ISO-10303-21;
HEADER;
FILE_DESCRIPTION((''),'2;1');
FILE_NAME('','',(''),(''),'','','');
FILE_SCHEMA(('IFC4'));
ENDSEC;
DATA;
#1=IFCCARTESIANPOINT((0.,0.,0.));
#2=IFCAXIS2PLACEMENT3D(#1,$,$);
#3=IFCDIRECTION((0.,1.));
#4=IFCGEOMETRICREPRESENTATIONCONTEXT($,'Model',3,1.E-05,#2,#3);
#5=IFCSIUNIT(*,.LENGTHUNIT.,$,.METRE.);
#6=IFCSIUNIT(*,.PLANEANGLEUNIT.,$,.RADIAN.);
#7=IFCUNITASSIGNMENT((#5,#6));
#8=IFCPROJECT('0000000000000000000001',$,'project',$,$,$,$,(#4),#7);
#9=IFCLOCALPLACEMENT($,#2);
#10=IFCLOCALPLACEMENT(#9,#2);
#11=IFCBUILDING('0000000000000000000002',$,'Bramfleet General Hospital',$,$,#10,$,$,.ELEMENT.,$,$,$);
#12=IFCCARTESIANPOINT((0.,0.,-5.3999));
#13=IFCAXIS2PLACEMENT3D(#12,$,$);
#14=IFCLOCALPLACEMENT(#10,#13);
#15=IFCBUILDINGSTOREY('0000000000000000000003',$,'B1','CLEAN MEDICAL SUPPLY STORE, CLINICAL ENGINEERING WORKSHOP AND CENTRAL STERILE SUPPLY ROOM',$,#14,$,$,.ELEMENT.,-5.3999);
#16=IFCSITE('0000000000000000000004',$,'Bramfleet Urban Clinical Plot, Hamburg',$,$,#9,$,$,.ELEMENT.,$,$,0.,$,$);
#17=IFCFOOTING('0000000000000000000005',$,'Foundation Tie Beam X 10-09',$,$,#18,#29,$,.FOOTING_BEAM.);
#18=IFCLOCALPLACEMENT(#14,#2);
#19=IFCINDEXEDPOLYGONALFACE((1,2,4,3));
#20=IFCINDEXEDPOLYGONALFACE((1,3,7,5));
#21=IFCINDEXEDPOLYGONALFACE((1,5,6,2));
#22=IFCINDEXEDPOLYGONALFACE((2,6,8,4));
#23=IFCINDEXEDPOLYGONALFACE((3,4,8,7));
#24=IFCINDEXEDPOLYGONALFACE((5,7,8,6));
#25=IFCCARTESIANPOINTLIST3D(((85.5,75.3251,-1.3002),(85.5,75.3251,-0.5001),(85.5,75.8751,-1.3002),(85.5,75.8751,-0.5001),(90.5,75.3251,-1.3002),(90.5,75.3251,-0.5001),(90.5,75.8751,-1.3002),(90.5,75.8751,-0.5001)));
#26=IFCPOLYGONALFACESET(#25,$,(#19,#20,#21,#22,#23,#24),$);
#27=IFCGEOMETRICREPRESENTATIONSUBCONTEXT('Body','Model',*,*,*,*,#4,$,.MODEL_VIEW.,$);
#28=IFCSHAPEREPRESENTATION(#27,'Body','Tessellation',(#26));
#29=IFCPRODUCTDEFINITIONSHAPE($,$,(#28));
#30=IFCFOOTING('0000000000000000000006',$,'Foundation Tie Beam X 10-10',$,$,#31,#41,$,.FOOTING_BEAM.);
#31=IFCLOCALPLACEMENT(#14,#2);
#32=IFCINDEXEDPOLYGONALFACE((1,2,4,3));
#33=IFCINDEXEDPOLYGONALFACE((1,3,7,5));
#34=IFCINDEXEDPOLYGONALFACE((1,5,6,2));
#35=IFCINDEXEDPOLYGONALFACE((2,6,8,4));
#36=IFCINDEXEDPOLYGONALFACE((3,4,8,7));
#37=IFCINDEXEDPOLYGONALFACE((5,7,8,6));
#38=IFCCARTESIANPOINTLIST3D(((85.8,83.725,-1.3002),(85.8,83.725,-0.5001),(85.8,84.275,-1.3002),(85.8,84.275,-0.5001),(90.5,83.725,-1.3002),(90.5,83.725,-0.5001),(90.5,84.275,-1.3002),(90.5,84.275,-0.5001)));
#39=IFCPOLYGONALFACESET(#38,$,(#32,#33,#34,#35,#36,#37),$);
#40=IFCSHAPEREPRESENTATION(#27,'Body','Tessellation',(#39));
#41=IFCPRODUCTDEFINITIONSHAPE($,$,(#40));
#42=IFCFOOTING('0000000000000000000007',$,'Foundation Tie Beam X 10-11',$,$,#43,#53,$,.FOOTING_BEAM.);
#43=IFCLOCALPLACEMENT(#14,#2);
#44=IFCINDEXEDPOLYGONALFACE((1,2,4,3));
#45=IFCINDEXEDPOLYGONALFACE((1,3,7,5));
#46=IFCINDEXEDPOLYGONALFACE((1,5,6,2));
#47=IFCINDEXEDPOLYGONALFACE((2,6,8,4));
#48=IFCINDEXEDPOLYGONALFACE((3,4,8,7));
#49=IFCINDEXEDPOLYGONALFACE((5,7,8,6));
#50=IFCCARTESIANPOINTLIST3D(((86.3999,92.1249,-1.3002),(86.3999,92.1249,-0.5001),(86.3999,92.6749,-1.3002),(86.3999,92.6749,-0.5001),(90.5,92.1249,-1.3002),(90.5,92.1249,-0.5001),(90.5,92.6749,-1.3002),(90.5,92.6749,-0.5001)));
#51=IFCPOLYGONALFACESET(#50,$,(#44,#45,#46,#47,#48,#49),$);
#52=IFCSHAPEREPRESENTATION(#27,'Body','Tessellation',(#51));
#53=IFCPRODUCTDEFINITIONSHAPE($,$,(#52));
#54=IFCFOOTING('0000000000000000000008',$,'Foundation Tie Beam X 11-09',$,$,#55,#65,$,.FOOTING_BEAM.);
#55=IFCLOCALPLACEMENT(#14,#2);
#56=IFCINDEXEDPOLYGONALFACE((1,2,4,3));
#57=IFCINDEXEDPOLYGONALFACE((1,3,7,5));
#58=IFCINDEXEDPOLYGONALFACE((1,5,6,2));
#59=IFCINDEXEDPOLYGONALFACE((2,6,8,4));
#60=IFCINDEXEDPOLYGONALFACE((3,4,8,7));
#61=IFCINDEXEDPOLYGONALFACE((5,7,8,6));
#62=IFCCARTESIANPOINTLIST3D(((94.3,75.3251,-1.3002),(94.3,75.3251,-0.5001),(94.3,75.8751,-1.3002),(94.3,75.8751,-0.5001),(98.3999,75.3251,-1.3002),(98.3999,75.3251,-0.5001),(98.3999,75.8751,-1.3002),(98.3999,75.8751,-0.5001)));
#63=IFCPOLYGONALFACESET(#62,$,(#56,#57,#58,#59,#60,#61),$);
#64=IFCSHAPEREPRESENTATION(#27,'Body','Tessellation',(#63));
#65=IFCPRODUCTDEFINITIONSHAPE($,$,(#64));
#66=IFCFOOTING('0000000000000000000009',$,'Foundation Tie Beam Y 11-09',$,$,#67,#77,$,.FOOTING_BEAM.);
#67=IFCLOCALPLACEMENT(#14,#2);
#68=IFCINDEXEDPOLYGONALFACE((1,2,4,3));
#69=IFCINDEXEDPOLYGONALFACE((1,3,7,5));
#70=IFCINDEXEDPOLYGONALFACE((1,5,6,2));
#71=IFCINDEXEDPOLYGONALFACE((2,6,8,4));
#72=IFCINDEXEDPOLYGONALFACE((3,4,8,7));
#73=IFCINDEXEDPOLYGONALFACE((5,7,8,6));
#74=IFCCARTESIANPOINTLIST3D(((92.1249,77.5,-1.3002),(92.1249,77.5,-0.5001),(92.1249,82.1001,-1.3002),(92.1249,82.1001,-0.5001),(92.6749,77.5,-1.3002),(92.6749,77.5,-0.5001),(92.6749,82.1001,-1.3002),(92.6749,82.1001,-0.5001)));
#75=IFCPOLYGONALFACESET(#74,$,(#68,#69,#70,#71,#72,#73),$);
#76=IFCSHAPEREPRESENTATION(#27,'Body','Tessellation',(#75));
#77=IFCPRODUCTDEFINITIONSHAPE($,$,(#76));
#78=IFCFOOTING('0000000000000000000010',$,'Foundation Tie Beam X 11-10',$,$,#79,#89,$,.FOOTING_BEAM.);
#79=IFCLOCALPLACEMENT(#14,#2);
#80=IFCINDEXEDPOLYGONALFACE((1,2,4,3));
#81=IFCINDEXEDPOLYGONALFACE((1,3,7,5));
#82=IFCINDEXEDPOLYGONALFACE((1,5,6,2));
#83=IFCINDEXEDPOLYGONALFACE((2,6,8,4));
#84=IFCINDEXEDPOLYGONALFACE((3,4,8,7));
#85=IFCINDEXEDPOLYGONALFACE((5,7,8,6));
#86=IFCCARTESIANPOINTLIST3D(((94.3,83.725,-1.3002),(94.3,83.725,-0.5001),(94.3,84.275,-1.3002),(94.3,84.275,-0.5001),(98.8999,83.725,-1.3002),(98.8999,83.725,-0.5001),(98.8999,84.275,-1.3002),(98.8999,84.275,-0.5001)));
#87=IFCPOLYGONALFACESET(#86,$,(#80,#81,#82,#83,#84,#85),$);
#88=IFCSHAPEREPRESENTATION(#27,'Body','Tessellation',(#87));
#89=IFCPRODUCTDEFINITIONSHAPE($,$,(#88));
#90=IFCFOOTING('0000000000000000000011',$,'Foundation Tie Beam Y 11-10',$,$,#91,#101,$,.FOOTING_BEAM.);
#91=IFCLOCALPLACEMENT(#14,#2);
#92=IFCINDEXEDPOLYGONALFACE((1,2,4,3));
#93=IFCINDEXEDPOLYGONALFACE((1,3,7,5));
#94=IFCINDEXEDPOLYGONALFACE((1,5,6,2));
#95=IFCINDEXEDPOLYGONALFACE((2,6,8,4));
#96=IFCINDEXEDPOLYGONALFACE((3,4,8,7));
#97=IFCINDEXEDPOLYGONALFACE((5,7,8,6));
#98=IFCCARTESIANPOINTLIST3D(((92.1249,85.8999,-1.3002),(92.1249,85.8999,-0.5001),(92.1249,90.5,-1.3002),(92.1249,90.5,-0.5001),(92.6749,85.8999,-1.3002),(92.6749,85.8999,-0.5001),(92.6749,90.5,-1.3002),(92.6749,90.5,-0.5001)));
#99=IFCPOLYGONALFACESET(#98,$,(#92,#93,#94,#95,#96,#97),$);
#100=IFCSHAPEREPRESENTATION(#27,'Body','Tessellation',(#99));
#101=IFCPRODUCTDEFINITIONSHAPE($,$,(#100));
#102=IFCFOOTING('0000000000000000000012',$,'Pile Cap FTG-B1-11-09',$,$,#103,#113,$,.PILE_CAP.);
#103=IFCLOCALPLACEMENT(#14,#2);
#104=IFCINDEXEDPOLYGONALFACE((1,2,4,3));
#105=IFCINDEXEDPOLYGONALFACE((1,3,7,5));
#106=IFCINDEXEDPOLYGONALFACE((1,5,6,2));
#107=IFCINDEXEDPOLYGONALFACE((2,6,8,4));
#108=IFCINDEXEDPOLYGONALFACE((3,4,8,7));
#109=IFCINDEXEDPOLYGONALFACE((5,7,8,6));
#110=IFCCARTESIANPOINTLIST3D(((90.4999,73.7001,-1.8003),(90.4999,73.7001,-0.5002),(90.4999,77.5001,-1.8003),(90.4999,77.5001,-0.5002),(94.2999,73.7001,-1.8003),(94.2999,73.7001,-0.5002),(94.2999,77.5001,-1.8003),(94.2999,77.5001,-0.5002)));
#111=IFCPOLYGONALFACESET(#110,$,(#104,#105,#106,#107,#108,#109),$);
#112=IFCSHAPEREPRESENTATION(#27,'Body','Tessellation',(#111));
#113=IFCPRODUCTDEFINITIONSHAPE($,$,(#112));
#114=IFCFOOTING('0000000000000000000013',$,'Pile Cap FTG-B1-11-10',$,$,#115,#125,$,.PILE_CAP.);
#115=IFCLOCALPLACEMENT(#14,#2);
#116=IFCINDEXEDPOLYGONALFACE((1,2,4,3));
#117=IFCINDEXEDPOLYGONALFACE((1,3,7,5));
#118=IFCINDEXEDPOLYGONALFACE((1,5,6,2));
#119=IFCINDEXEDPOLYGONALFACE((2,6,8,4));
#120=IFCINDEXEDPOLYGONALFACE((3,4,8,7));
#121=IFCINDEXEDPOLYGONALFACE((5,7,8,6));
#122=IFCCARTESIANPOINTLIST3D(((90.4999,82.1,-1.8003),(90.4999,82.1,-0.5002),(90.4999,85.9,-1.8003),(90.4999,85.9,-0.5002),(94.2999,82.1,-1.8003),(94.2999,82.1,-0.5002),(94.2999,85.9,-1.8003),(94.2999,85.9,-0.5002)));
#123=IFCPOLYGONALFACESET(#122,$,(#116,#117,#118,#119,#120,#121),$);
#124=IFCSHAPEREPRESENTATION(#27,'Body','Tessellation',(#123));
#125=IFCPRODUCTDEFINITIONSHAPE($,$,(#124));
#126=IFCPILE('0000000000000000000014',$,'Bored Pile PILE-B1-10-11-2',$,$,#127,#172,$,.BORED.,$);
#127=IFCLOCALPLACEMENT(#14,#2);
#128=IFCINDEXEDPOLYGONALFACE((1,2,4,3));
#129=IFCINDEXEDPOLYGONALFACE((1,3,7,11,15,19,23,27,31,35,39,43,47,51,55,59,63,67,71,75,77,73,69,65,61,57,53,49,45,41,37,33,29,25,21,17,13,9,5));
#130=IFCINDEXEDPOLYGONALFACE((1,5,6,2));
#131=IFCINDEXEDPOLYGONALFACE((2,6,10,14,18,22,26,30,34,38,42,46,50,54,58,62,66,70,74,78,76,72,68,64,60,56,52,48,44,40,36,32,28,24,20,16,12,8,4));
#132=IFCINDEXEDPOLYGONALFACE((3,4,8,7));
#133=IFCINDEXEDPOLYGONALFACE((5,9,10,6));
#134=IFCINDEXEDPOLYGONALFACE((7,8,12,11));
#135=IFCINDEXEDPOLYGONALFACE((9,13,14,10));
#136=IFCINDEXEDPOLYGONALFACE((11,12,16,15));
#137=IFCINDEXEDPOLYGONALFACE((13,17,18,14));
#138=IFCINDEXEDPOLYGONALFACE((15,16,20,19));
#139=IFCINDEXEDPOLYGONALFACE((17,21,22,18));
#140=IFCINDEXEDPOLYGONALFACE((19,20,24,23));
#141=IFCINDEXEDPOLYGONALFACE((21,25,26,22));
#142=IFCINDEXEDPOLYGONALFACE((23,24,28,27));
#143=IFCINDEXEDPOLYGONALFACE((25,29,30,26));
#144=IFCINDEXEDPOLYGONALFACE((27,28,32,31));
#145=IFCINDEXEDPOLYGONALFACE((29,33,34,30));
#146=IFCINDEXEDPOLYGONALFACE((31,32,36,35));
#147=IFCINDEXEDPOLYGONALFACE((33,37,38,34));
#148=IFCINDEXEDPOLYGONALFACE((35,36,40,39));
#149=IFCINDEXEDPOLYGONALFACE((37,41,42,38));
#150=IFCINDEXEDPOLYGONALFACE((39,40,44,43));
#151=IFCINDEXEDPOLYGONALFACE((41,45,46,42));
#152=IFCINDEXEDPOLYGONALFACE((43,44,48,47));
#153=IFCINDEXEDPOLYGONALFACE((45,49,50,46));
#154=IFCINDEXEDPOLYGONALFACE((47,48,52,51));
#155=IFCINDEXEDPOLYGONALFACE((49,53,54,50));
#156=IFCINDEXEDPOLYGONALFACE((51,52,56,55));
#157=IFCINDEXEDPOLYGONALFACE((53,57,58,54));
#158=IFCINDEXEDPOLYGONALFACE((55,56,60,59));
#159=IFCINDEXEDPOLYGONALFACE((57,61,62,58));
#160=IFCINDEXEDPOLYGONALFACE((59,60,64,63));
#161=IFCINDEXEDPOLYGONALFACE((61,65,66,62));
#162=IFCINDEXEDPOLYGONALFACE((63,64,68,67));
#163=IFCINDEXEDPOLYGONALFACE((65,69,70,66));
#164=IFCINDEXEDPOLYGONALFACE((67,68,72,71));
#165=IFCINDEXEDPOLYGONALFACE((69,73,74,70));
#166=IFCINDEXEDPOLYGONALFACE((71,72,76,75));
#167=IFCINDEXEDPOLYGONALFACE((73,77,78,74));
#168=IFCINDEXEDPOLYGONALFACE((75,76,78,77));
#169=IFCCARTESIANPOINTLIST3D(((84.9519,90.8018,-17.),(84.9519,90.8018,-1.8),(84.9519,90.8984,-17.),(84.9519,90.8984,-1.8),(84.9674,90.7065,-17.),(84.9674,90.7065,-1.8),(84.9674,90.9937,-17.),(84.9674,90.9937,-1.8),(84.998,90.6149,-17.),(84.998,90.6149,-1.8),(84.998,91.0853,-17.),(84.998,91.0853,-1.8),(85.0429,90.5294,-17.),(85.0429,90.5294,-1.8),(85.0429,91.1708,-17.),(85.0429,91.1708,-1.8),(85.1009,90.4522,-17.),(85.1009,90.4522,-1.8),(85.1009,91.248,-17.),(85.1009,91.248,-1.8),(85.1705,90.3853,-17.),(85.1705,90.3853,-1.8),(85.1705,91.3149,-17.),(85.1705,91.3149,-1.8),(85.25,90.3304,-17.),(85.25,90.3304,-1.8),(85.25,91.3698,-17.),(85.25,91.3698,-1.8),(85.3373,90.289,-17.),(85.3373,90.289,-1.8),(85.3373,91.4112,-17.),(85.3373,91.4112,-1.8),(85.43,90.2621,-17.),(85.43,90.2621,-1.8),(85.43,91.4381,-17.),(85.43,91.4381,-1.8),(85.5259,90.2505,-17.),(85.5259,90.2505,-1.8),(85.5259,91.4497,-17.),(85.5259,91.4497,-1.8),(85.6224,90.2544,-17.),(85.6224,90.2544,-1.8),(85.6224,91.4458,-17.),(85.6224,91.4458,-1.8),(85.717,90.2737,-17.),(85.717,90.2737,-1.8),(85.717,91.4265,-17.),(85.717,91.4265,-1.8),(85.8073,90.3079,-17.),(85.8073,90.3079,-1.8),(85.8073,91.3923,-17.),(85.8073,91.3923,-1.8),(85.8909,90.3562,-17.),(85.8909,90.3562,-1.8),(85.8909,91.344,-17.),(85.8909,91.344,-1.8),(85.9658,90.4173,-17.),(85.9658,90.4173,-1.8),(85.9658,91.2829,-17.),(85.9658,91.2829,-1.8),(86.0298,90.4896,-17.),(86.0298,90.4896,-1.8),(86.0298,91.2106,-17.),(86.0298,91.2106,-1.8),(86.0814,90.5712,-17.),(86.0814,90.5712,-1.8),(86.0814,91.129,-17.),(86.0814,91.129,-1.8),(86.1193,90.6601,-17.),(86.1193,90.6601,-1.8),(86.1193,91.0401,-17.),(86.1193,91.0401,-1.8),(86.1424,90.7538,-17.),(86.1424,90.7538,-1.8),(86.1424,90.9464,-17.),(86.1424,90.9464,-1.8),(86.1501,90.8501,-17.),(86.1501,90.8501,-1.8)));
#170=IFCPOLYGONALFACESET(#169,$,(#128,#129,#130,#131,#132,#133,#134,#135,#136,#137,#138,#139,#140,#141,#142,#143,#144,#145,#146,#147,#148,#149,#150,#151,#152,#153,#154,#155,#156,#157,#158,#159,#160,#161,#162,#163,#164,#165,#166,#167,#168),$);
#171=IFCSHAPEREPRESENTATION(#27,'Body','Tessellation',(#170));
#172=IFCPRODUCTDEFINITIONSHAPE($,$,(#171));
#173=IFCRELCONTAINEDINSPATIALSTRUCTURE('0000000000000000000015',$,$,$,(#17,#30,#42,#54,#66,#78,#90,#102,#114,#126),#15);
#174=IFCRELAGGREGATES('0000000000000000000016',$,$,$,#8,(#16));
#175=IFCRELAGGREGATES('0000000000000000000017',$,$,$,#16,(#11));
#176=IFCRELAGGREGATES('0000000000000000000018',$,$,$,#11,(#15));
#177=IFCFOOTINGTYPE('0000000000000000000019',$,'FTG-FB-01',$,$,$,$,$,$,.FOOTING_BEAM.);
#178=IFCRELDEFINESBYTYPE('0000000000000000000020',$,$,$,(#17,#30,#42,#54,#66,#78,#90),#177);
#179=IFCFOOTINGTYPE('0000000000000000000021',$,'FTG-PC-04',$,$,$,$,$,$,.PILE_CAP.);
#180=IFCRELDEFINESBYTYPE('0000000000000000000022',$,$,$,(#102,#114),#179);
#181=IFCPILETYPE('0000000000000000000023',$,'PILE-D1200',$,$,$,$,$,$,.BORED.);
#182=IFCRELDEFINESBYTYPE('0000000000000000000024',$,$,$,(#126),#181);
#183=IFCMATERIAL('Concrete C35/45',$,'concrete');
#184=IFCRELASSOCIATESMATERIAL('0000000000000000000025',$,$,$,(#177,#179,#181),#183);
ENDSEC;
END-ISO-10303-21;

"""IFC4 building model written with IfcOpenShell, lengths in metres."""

from ifc_helpers import new_model, si_unit, direction, frame, origin, origin_2d, place, context, subcontext, project, spatial, rectangle, circle, extrude, material, material_profile, profile_set, type_object, element, save


model = new_model("IFC4")

# Units and contexts
model_context = context("Model", 3, precision=1e-05, world=origin(), true_north=direction((0.0, 1.0)))
body_context = subcontext(model_context, "Body", "Model", "MODEL_VIEW")
ifc_project = project(units=[si_unit("LENGTHUNIT", "METRE"), si_unit("PLANEANGLEUNIT", "RADIAN")], contexts=[model_context])

# Site, building, storey
site_placement = place(None, origin())
site = spatial("IfcSite", under=ifc_project, at=site_placement, Name="Bramfleet Urban Clinical Plot, Hamburg", CompositionType="ELEMENT", RefElevation=0.0)
building_placement = place(site_placement, origin())
building = spatial("IfcBuilding", under=site, at=building_placement, Name="Bramfleet General Hospital", CompositionType="ELEMENT")
storey_placement = place(building_placement, frame((0.0, 0.0, -5.3999)))
storey = spatial("IfcBuildingStorey", under=building, at=storey_placement, Name="B1", Description="CLEAN MEDICAL SUPPLY STORE, CLINICAL ENGINEERING WORKSHOP AND CENTRAL STERILE SUPPLY ROOM", CompositionType="ELEMENT", Elevation=-5.3999)

# Footings
ifc_material_1 = material(Name="Concrete C35/45", Category="concrete")
ifc_material_profile_1 = material_profile(ifc_material_1, rectangle(XDim=0.55, YDim=0.8, at=origin_2d()), Name="RC FB 800x550")
ifc_profile_set_1 = profile_set([ifc_material_profile_1], Name="Concrete C35/45")
footing_type_1 = type_object("IfcFootingType", Name="FTG-FB-01", PredefinedType="FOOTING_BEAM", material=ifc_profile_set_1)
footing_1_placement = place(storey_placement, frame((85.5, 75.6001, -0.9001), z_axis=(1.0, 0.0, 0.0), x_axis=(0.0, 1.0, 0.0)))
element("IfcFooting", 1, at=footing_1_placement, inside=storey, type_object=footing_type_1, Name="Foundation Tie Beam X 10-09", PredefinedType="FOOTING_BEAM", context=body_context, shape_type="SweptSolid", body=[
    extrude(rectangle(XDim=0.55, YDim=0.8, at=origin_2d()), origin(), (0.0, 0.0, 1.0), 5.0),
])
footing_2_placement = place(storey_placement, frame((85.8, 84.0, -0.9001), z_axis=(1.0, 0.0, 0.0), x_axis=(0.0, 1.0, 0.0)))
element("IfcFooting", 2, at=footing_2_placement, inside=storey, type_object=footing_type_1, Name="Foundation Tie Beam X 10-10", PredefinedType="FOOTING_BEAM", context=body_context, shape_type="SweptSolid", body=[
    extrude(rectangle(XDim=0.55, YDim=0.8, at=origin_2d()), origin(), (0.0, 0.0, 1.0), 4.7),
])
footing_3_placement = place(storey_placement, frame((86.3999, 92.3999, -0.9001), z_axis=(1.0, 0.0, 0.0), x_axis=(0.0, 1.0, 0.0)))
element("IfcFooting", 3, at=footing_3_placement, inside=storey, type_object=footing_type_1, Name="Foundation Tie Beam X 10-11", PredefinedType="FOOTING_BEAM", context=body_context, shape_type="SweptSolid", body=[
    extrude(rectangle(XDim=0.55, YDim=0.8, at=origin_2d()), origin(), (0.0, 0.0, 1.0), 4.1001),
])
footing_4_placement = place(storey_placement, frame((94.3, 75.6001, -0.9001), z_axis=(1.0, 0.0, 0.0), x_axis=(0.0, 1.0, 0.0)))
element("IfcFooting", 4, at=footing_4_placement, inside=storey, type_object=footing_type_1, Name="Foundation Tie Beam X 11-09", PredefinedType="FOOTING_BEAM", context=body_context, shape_type="SweptSolid", body=[
    extrude(rectangle(XDim=0.55, YDim=0.8, at=origin_2d()), origin(), (0.0, 0.0, 1.0), 4.0999),
])
footing_5_placement = place(storey_placement, frame((92.3999, 77.5, -0.9001), z_axis=(0.0, 1.0, 0.0), x_axis=(-1.0, 0.0, 0.0)))
element("IfcFooting", 5, at=footing_5_placement, inside=storey, type_object=footing_type_1, Name="Foundation Tie Beam Y 11-09", PredefinedType="FOOTING_BEAM", context=body_context, shape_type="SweptSolid", body=[
    extrude(rectangle(XDim=0.55, YDim=0.8, at=origin_2d()), origin(), (0.0, 0.0, 1.0), 4.6001),
])
footing_6_placement = place(storey_placement, frame((94.3, 84.0, -0.9001), z_axis=(1.0, 0.0, 0.0), x_axis=(0.0, 1.0, 0.0)))
element("IfcFooting", 6, at=footing_6_placement, inside=storey, type_object=footing_type_1, Name="Foundation Tie Beam X 11-10", PredefinedType="FOOTING_BEAM", context=body_context, shape_type="SweptSolid", body=[
    extrude(rectangle(XDim=0.55, YDim=0.8, at=origin_2d()), origin(), (0.0, 0.0, 1.0), 4.5999),
])
footing_7_placement = place(storey_placement, frame((92.3999, 85.8999, -0.9001), z_axis=(0.0, 1.0, 0.0), x_axis=(-1.0, 0.0, 0.0)))
element("IfcFooting", 7, at=footing_7_placement, inside=storey, type_object=footing_type_1, Name="Foundation Tie Beam Y 11-10", PredefinedType="FOOTING_BEAM", context=body_context, shape_type="SweptSolid", body=[
    extrude(rectangle(XDim=0.55, YDim=0.8, at=origin_2d()), origin(), (0.0, 0.0, 1.0), 4.6001),
])
footing_type_2 = type_object("IfcFootingType", Name="FTG-PC-04", PredefinedType="PILE_CAP", material=ifc_material_1)
for number, where, z_axis, x_axis, name in (
    (8, (92.3999, 75.6001, -1.8003), (0.0, 0.0, 1.0), (1.0, 0.0, 0.0), "Pile Cap FTG-B1-11-09"),
    (9, (92.3999, 84.0, -1.8003), (0.0, 0.0, 1.0), (1.0, 0.0, 0.0), "Pile Cap FTG-B1-11-10"),
):
    element("IfcFooting", number, at=place(storey_placement, frame(where, z_axis=z_axis, x_axis=x_axis)), inside=storey, type_object=footing_type_2, Name=name, PredefinedType="PILE_CAP", context=body_context, shape_type="SweptSolid", body=[
        extrude(rectangle(XDim=3.8, YDim=3.8, at=origin_2d()), origin(), (0.0, 0.0, 1.0), 1.3),
    ])

# Pile
ifc_material_profile_2 = material_profile(ifc_material_1, circle(Radius=0.6001, at=origin_2d()), Name="PILE BORED D1200")
ifc_profile_set_2 = profile_set([ifc_material_profile_2], Name="Concrete C35/45")
pile_type_1 = type_object("IfcPileType", Name="PILE-D1200", PredefinedType="BORED", material=ifc_profile_set_2)
pile_1_placement = place(storey_placement, frame((85.55, 90.8501, -1.8), z_axis=(0.0, 0.0, -1.0), x_axis=(1.0, 0.0, 0.0)))
element("IfcPile", 10, at=pile_1_placement, inside=storey, type_object=pile_type_1, Name="Bored Pile PILE-B1-10-11-2", PredefinedType="BORED", context=body_context, shape_type="SweptSolid", body=[
    extrude(circle(Radius=0.6001, at=origin_2d()), origin(), (0.0, 0.0, 1.0), 15.2),
])

save(model, "model.ifc")
